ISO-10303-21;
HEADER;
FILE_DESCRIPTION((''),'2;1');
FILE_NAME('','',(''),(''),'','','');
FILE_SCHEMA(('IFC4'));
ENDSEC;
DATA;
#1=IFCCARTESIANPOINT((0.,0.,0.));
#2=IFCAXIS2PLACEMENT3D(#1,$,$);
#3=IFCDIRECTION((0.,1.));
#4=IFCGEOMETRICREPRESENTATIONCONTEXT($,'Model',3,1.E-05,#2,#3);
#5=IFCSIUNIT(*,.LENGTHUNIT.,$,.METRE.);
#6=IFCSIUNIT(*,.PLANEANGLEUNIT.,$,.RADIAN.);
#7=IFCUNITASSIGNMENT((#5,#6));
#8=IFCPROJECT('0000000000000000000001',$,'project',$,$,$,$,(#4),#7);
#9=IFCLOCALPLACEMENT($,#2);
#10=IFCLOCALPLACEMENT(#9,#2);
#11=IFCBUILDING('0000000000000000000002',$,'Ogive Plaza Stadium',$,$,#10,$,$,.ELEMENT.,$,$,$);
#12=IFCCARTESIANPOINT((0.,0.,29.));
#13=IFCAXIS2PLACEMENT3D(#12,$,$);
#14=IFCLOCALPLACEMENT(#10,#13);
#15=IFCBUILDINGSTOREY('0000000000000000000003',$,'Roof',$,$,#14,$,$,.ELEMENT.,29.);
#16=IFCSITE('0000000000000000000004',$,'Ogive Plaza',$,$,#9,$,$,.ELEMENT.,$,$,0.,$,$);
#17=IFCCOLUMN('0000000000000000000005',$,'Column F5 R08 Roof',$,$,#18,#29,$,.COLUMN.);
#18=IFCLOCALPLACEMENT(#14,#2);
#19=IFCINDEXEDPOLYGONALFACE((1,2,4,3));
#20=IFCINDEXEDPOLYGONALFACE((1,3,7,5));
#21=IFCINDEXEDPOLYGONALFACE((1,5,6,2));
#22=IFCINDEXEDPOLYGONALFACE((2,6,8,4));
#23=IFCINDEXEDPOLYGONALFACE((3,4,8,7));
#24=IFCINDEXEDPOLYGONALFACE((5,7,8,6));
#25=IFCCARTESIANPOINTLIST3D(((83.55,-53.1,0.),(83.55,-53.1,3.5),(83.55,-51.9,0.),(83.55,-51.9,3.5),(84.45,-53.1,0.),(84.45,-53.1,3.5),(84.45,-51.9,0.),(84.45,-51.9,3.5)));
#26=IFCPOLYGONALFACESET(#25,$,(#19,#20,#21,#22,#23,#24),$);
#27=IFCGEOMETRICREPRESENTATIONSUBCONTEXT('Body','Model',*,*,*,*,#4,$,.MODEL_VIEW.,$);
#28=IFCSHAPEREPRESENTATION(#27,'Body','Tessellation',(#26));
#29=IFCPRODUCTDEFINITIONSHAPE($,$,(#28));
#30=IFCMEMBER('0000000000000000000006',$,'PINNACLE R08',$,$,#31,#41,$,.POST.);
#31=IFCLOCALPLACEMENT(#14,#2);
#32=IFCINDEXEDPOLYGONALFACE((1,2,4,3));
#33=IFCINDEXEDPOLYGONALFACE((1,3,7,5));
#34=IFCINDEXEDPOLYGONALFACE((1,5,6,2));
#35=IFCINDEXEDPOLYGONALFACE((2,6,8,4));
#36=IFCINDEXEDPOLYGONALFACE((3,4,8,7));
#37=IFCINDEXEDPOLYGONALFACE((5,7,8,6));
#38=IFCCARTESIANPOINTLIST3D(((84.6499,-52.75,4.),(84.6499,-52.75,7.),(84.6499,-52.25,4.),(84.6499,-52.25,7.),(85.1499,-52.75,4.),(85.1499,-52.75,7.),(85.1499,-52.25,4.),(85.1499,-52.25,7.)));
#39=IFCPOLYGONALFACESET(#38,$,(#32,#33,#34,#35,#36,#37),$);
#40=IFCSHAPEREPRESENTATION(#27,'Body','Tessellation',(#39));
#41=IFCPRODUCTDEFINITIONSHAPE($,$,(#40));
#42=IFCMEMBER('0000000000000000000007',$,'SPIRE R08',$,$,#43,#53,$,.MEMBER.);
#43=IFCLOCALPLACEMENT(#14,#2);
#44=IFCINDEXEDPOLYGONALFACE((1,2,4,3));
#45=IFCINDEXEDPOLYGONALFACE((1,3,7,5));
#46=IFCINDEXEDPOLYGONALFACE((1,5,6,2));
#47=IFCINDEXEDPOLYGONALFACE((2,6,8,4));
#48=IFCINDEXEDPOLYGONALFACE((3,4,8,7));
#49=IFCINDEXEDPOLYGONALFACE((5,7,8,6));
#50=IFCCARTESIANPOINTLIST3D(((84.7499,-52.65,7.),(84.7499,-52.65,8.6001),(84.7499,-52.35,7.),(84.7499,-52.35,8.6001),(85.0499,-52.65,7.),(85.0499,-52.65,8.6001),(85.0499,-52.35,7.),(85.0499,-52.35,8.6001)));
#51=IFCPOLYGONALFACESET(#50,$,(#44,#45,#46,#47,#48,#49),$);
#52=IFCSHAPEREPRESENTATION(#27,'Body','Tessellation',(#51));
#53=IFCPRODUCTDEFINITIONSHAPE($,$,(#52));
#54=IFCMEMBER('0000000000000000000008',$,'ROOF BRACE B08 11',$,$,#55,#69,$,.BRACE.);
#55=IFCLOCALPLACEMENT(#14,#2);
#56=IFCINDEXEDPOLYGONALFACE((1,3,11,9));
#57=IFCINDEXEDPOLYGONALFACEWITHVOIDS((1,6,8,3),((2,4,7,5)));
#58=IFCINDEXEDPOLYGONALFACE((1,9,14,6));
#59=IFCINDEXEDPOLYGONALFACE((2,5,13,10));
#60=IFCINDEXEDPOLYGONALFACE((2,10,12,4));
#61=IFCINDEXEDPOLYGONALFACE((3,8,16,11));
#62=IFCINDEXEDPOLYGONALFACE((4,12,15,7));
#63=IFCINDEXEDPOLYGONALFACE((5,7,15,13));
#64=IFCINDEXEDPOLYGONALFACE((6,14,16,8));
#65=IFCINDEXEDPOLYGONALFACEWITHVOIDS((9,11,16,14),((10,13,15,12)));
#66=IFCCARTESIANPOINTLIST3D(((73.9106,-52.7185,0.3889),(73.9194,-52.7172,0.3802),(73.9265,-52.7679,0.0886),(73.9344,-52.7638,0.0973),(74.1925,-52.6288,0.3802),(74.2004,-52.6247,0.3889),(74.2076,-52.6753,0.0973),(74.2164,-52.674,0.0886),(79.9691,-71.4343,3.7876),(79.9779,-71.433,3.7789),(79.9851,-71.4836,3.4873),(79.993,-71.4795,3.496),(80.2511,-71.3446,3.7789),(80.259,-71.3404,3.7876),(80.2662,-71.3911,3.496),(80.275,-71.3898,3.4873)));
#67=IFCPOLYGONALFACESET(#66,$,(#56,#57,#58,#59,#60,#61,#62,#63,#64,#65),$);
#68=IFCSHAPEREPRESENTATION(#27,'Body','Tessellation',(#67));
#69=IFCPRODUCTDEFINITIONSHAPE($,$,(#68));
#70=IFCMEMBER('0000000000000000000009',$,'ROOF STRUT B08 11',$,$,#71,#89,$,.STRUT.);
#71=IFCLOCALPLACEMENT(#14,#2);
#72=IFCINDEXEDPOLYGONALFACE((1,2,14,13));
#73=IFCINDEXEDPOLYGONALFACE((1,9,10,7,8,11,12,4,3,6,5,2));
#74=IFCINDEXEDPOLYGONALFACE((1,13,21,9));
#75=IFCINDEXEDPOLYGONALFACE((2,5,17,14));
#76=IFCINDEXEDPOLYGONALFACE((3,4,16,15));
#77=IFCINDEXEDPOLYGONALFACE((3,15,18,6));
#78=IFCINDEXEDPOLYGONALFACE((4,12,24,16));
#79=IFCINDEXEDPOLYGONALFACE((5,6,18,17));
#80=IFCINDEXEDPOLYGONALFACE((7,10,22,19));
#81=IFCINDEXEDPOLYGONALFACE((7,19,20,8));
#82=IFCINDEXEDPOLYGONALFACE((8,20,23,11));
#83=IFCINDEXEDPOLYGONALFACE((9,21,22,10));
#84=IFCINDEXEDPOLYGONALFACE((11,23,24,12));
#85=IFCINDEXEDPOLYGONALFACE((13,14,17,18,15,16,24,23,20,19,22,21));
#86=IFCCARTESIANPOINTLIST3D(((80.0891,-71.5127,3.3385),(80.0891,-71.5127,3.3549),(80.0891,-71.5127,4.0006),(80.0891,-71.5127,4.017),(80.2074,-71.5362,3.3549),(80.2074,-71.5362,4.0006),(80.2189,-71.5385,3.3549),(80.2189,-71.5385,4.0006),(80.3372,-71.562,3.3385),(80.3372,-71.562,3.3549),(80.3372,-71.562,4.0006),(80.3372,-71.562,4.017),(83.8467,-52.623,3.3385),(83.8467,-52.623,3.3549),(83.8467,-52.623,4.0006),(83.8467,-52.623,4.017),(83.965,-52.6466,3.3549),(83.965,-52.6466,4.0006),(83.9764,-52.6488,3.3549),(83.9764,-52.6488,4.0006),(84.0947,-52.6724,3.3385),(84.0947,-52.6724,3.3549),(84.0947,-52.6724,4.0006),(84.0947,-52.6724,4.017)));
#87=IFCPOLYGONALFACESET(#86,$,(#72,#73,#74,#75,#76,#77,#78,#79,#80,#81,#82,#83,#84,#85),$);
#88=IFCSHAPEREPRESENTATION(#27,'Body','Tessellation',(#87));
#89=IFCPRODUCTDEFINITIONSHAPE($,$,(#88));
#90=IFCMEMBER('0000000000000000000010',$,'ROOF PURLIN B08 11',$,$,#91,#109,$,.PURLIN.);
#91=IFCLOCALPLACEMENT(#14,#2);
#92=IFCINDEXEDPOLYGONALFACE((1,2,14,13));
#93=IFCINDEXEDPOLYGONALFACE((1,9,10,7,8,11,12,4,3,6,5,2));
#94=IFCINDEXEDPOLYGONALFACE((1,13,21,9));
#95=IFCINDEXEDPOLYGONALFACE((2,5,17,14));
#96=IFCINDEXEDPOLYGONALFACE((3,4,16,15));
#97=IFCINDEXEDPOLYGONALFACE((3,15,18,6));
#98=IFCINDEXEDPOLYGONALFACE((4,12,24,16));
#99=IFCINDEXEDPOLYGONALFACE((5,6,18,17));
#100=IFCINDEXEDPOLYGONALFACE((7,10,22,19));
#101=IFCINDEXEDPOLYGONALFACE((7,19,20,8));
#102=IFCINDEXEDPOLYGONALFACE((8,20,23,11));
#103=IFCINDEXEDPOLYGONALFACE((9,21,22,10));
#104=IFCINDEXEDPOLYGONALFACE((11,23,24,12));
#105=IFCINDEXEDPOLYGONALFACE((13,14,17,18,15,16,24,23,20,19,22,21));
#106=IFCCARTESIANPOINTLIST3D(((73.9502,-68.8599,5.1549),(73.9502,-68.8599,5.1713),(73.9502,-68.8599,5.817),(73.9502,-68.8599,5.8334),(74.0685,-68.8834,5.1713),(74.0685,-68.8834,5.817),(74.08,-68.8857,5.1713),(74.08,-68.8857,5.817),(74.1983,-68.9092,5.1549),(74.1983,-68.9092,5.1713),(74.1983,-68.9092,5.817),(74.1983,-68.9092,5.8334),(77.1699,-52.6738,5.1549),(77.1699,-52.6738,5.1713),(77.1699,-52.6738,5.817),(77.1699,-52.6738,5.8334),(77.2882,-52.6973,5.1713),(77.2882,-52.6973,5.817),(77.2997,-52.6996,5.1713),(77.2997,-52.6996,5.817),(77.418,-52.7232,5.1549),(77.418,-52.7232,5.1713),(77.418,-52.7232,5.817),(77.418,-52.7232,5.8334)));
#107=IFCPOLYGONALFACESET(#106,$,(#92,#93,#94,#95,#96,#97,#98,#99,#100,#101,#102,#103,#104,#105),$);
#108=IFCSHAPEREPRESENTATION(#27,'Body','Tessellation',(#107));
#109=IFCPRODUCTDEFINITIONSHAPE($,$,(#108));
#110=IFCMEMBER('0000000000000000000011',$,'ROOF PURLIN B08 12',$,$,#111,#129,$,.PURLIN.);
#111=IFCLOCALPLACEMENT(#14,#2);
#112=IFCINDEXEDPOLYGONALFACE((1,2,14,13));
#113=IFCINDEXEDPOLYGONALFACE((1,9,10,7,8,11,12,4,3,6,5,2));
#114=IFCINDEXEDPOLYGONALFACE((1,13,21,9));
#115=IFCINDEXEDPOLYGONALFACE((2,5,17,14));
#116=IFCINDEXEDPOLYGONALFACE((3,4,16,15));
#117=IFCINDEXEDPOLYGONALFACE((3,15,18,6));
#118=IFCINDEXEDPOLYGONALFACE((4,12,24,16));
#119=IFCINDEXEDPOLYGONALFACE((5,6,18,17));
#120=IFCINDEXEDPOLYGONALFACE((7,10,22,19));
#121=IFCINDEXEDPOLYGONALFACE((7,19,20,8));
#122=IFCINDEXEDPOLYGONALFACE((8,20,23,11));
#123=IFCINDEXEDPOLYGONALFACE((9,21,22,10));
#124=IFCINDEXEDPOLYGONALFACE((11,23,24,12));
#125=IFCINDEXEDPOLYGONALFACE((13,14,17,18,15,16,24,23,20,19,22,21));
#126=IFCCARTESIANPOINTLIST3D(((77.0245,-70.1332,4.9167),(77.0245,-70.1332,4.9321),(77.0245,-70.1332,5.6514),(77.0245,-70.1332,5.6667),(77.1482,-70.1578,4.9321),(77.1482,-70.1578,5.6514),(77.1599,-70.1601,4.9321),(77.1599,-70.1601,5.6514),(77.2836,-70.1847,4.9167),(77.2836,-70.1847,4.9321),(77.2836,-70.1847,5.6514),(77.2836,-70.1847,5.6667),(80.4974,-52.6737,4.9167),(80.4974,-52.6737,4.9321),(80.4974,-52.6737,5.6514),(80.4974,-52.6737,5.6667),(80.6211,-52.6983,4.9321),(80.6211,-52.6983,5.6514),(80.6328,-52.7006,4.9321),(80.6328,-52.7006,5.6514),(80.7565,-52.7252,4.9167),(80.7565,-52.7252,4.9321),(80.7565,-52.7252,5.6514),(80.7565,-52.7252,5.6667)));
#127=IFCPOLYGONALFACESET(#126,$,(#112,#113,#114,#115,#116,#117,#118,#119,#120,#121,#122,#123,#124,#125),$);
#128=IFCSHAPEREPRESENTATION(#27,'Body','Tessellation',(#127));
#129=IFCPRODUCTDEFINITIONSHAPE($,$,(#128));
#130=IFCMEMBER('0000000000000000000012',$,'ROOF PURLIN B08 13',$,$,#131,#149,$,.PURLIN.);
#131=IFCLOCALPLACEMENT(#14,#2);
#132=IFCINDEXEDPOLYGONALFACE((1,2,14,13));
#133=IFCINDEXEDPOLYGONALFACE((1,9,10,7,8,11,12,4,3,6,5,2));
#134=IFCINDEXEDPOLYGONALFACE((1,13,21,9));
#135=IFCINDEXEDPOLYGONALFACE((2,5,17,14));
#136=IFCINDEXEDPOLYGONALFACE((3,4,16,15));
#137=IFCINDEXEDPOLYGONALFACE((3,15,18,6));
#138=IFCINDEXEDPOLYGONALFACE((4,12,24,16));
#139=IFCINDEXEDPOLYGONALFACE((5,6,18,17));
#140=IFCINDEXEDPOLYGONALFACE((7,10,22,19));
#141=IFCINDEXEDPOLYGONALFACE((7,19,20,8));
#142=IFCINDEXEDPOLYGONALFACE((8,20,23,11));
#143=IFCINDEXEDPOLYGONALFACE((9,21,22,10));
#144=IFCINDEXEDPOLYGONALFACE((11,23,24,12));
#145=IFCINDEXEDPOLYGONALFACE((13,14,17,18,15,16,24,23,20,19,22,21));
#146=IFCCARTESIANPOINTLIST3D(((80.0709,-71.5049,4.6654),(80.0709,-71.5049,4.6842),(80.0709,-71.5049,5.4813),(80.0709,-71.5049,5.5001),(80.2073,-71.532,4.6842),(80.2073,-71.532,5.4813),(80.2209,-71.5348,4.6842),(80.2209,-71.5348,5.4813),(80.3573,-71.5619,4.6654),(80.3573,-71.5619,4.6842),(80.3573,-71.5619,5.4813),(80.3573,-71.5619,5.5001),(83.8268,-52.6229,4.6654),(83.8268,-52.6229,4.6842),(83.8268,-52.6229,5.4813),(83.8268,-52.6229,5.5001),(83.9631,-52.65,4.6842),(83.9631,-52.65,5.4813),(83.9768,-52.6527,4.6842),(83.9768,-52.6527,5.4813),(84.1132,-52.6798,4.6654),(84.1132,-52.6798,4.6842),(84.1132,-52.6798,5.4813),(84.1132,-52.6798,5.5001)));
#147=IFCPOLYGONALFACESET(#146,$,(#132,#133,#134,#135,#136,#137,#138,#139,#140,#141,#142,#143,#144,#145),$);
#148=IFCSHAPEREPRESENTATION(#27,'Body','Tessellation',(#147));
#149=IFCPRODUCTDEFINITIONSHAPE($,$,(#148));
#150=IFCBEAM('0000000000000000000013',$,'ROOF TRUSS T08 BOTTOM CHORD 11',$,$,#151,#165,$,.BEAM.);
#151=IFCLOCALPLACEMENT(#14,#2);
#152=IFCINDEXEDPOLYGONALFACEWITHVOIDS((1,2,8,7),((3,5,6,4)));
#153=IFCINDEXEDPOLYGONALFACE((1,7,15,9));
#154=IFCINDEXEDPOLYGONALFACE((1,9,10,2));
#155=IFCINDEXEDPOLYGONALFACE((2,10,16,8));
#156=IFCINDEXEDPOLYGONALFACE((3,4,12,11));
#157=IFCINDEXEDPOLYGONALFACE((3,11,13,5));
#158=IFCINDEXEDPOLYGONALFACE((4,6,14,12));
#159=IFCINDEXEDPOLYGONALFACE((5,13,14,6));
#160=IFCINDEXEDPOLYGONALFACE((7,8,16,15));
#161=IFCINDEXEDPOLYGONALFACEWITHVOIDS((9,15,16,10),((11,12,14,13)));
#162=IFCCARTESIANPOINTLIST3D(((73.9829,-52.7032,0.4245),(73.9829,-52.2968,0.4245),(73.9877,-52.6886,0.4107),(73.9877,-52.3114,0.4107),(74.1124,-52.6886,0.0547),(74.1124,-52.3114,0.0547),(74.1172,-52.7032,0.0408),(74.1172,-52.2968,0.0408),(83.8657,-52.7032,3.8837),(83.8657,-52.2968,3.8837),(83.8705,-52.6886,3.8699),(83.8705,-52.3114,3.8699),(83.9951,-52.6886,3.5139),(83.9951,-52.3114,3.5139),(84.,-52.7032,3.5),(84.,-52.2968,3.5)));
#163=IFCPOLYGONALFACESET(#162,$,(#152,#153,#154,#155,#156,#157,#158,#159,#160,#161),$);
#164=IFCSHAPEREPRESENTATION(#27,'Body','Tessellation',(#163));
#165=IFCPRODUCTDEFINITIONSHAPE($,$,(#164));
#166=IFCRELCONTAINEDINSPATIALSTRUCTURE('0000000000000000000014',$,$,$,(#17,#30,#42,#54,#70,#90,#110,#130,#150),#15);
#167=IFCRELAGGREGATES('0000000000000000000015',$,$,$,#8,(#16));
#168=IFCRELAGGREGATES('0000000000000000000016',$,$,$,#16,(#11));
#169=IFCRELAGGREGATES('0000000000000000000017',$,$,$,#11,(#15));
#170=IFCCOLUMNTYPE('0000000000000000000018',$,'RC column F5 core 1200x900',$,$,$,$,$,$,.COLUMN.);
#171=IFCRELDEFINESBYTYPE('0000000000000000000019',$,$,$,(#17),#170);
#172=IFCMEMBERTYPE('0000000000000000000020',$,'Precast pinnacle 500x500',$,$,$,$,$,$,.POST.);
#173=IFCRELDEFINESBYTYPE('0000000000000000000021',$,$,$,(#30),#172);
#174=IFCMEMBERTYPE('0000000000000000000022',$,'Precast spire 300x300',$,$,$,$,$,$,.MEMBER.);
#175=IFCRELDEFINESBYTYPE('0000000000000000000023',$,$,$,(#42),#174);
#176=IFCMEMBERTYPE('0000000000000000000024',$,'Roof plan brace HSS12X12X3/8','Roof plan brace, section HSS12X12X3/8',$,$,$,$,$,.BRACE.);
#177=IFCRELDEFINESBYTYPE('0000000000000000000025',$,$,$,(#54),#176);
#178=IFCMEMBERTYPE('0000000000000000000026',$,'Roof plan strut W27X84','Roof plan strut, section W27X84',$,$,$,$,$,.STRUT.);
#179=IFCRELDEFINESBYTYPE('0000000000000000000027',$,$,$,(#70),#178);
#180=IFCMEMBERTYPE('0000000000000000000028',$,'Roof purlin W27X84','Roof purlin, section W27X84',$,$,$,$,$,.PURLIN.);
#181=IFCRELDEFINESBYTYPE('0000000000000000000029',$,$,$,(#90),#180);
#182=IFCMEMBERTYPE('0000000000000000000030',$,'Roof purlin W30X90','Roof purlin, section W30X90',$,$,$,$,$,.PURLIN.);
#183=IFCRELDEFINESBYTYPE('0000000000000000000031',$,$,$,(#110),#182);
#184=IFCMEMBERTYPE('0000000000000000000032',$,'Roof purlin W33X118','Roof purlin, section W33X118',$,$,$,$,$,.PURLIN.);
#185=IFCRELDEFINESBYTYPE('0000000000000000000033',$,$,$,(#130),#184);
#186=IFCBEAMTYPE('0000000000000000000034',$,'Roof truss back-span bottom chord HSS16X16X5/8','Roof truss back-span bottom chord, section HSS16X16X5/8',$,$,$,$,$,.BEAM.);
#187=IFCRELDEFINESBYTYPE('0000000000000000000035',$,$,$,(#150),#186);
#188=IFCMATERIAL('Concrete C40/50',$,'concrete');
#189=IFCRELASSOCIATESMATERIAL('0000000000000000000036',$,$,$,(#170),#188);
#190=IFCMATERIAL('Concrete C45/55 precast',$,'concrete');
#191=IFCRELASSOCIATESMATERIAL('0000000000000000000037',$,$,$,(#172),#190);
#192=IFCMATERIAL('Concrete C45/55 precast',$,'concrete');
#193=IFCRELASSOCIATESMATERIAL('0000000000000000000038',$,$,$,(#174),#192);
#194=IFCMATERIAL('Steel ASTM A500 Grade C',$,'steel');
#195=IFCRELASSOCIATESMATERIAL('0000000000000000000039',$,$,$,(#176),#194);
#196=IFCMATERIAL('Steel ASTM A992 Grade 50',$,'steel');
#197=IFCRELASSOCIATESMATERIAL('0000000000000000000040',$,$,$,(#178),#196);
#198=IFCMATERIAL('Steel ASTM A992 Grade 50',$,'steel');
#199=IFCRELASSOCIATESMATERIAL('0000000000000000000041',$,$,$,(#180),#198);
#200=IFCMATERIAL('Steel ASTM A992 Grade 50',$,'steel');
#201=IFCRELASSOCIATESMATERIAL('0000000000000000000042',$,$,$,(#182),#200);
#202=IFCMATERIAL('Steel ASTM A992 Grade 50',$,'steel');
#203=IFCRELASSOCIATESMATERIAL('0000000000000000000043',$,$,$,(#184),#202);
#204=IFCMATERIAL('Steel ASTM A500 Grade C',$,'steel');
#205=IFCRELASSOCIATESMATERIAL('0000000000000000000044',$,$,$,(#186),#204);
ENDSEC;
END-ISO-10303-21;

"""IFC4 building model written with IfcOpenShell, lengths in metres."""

from ifc_helpers import new_model, si_unit, direction, frame, origin, origin_2d, place, context, subcontext, project, spatial, rectangle, hollow_rectangle, i_section, extrude, material, material_profile, profile_set, type_object, element, save


model = new_model("IFC4")

# Units and contexts
model_context = context("Model", 3, precision=1e-05, world=origin(), true_north=direction((0.0, 1.0)))
body_context = subcontext(model_context, "Body", "Model", "MODEL_VIEW")
ifc_project = project(units=[si_unit("LENGTHUNIT", "METRE"), si_unit("PLANEANGLEUNIT", "RADIAN")], contexts=[model_context])

# Site, building, storey
site_placement = place(None, origin())
site = spatial("IfcSite", under=ifc_project, at=site_placement, Name="Ogive Plaza", CompositionType="ELEMENT", RefElevation=0.0)
building_placement = place(site_placement, origin())
building = spatial("IfcBuilding", under=site, at=building_placement, Name="Ogive Plaza Stadium", CompositionType="ELEMENT")
storey_placement = place(building_placement, frame((0.0, 0.0, 29.0)))
storey = spatial("IfcBuildingStorey", under=building, at=storey_placement, Name="Roof", CompositionType="ELEMENT", Elevation=29.0)

# Column
ifc_material_1 = material(Name="Concrete C40/50", Category="concrete")
ifc_material_profile_1 = material_profile(ifc_material_1, rectangle(XDim=1.2, YDim=0.8999, at=origin_2d()), Name="RC 1200x900")
ifc_profile_set_1 = profile_set([ifc_material_profile_1], Name="Concrete C40/50")
column_type = type_object("IfcColumnType", Name="RC column F5 core 1200x900", PredefinedType="COLUMN", material=ifc_profile_set_1)
column_placement = place(storey_placement, frame((84.0, -52.5, 0.0), z_axis=(0.0, 0.0, 1.0), x_axis=(0.0, 1.0, 0.0)))
element("IfcColumn", 1, at=column_placement, inside=storey, type_object=column_type, Name="Column F5 R08 Roof", PredefinedType="COLUMN", context=body_context, shape_type="SweptSolid", body=[
    extrude(rectangle(XDim=1.2, YDim=0.8999, at=origin_2d()), origin(), (0.0, 0.0, 1.0), 3.5),
])

# Members
ifc_material_2 = material(Name="Concrete C45/55 precast", Category="concrete")
ifc_material_profile_2 = material_profile(ifc_material_2, rectangle(XDim=0.5, YDim=0.5, at=origin_2d()), Name="RC 500x500")
ifc_profile_set_2 = profile_set([ifc_material_profile_2], Name="Concrete C45/55 precast")
member_type_1 = type_object("IfcMemberType", Name="Precast pinnacle 500x500", PredefinedType="POST", material=ifc_profile_set_2)
member_1_placement = place(storey_placement, frame((84.8999, -52.5, 4.0), z_axis=(0.0, 0.0, 1.0), x_axis=(0.0, 1.0, 0.0)))
element("IfcMember", 2, at=member_1_placement, inside=storey, type_object=member_type_1, Name="PINNACLE R08", PredefinedType="POST", context=body_context, shape_type="SweptSolid", body=[
    extrude(rectangle(XDim=0.5, YDim=0.5, at=origin_2d()), origin(), (0.0, 0.0, 1.0), 3.0),
])
ifc_material_3 = material(Name="Concrete C45/55 precast", Category="concrete")
ifc_material_profile_3 = material_profile(ifc_material_3, rectangle(XDim=0.3, YDim=0.3, at=origin_2d()), Name="RC 300x300")
ifc_profile_set_3 = profile_set([ifc_material_profile_3], Name="Concrete C45/55 precast")
member_type_2 = type_object("IfcMemberType", Name="Precast spire 300x300", PredefinedType="MEMBER", material=ifc_profile_set_3)
member_2_placement = place(storey_placement, frame((84.8999, -52.5, 7.0), z_axis=(0.0, 0.0, 1.0), x_axis=(0.0, 1.0, 0.0)))
element("IfcMember", 3, at=member_2_placement, inside=storey, type_object=member_type_2, Name="SPIRE R08", PredefinedType="MEMBER", context=body_context, shape_type="SweptSolid", body=[
    extrude(rectangle(XDim=0.3, YDim=0.3, at=origin_2d()), origin(), (0.0, 0.0, 1.0), 1.6001),
])
ifc_material_4 = material(Name="Steel ASTM A500 Grade C", Category="steel")
ifc_material_profile_4 = material_profile(ifc_material_4, hollow_rectangle(XDim=0.3047, YDim=0.3047, WallThickness=0.0088, at=origin_2d()), Name="HSS12X12X3/8")
ifc_profile_set_4 = profile_set([ifc_material_profile_4], Name="Steel ASTM A500 Grade C")
member_type_3 = type_object("IfcMemberType", Name="Roof plan brace HSS12X12X3/8", Description="Roof plan brace, section HSS12X12X3/8", PredefinedType="BRACE", material=ifc_profile_set_4)
member_3_placement = place(storey_placement, frame((74.0635, -52.6963, 0.2388), z_axis=(0.303484, -0.937504, 0.170245), x_axis=(0.951393, 0.30798, 0.0)))
element("IfcMember", 4, at=member_3_placement, inside=storey, type_object=member_type_3, Name="ROOF BRACE B08 11", PredefinedType="BRACE", context=body_context, shape_type="SweptSolid", body=[
    extrude(hollow_rectangle(XDim=0.3047, YDim=0.3047, WallThickness=0.0088, at=origin_2d()), origin(), (0.0, 0.0, 1.0), 19.9634),
])
ifc_material_5 = material(Name="Steel ASTM A992 Grade 50", Category="steel")
ifc_material_profile_5 = material_profile(ifc_material_5, i_section(OverallWidth=0.2529, OverallDepth=0.6785, WebThickness=0.0117, FlangeThickness=0.0164, at=origin_2d()), Name="W27X84")
ifc_profile_set_5 = profile_set([ifc_material_profile_5], Name="Steel ASTM A992 Grade 50")
member_type_4 = type_object("IfcMemberType", Name="Roof plan strut W27X84", Description="Roof plan strut, section W27X84", PredefinedType="STRUT", material=ifc_profile_set_5)
member_4_placement = place(storey_placement, frame((83.9707, -52.6477, 3.6777), z_axis=(-0.195099, -0.980783, 0.0), x_axis=(0.980783, -0.195099, 0.0)))
element("IfcMember", 5, at=member_4_placement, inside=storey, type_object=member_type_4, Name="ROOF STRUT B08 11", PredefinedType="STRUT", context=body_context, shape_type="SweptSolid", body=[
    extrude(i_section(OverallWidth=0.2529, OverallDepth=0.6785, WebThickness=0.0117, FlangeThickness=0.0164, at=origin_2d()), origin(), (0.0, 0.0, 1.0), 19.2598),
])
ifc_material_6 = material(Name="Steel ASTM A992 Grade 50", Category="steel")
ifc_material_profile_6 = material_profile(ifc_material_6, i_section(OverallWidth=0.2529, OverallDepth=0.6785, WebThickness=0.0117, FlangeThickness=0.0164, at=origin_2d()), Name="W27X84")
ifc_profile_set_6 = profile_set([ifc_material_profile_6], Name="Steel ASTM A992 Grade 50")
member_type_5 = type_object("IfcMemberType", Name="Roof purlin W27X84", Description="Roof purlin, section W27X84", PredefinedType="PURLIN", material=ifc_profile_set_6)
member_5_placement = place(storey_placement, frame((77.2939, -52.6985, 5.4941), z_axis=(-0.195098, -0.980784, 0.0), x_axis=(0.980784, -0.195098, 0.0)))
element("IfcMember", 6, at=member_5_placement, inside=storey, type_object=member_type_5, Name="ROOF PURLIN B08 11", PredefinedType="PURLIN", context=body_context, shape_type="SweptSolid", body=[
    extrude(i_section(OverallWidth=0.2529, OverallDepth=0.6785, WebThickness=0.0117, FlangeThickness=0.0164, at=origin_2d()), origin(), (0.0, 0.0, 1.0), 16.5032),
])
ifc_material_7 = material(Name="Steel ASTM A992 Grade 50", Category="steel")
ifc_material_profile_7 = material_profile(ifc_material_7, i_section(OverallWidth=0.2642, OverallDepth=0.75, WebThickness=0.012, FlangeThickness=0.0154, at=origin_2d()), Name="W30X90")
ifc_profile_set_7 = profile_set([ifc_material_profile_7], Name="Steel ASTM A992 Grade 50")
member_type_6 = type_object("IfcMemberType", Name="Roof purlin W30X90", Description="Roof purlin, section W30X90", PredefinedType="PURLIN", material=ifc_profile_set_7)
member_6_placement = place(storey_placement, frame((80.627, -52.6995, 5.2917), z_axis=(-0.19509, -0.980785, 0.0), x_axis=(0.980785, -0.19509, 0.0)))
element("IfcMember", 7, at=member_6_placement, inside=storey, type_object=member_type_6, Name="ROOF PURLIN B08 12", PredefinedType="PURLIN", context=body_context, shape_type="SweptSolid", body=[
    extrude(i_section(OverallWidth=0.2642, OverallDepth=0.75, WebThickness=0.012, FlangeThickness=0.0154, at=origin_2d()), origin(), (0.0, 0.0, 1.0), 17.8015),
])
ifc_material_8 = material(Name="Steel ASTM A992 Grade 50", Category="steel")
ifc_material_profile_8 = material_profile(ifc_material_8, i_section(OverallWidth=0.292, OverallDepth=0.8347, WebThickness=0.0139, FlangeThickness=0.0188, at=origin_2d()), Name="W33X118")
ifc_profile_set_8 = profile_set([ifc_material_profile_8], Name="Steel ASTM A992 Grade 50")
member_type_7 = type_object("IfcMemberType", Name="Roof purlin W33X118", Description="Roof purlin, section W33X118", PredefinedType="PURLIN", material=ifc_profile_set_8)
member_7_placement = place(storey_placement, frame((83.97, -52.6514, 5.0828), z_axis=(-0.195089, -0.980785, 0.0), x_axis=(0.980785, -0.195089, 0.0)))
element("IfcMember", 8, at=member_7_placement, inside=storey, type_object=member_type_7, Name="ROOF PURLIN B08 13", PredefinedType="PURLIN", context=body_context, shape_type="SweptSolid", body=[
    extrude(i_section(OverallWidth=0.292, OverallDepth=0.8347, WebThickness=0.0139, FlangeThickness=0.0188, at=origin_2d()), origin(), (0.0, 0.0, 1.0), 19.252),
])

# Beam
ifc_material_9 = material(Name="Steel ASTM A500 Grade C", Category="steel")
ifc_material_profile_9 = material_profile(ifc_material_9, hollow_rectangle(XDim=0.4065, YDim=0.4065, WallThickness=0.0146, at=origin_2d()), Name="HSS16X16X5/8")
ifc_profile_set_9 = profile_set([ifc_material_profile_9], Name="Steel ASTM A500 Grade C")
beam_type_1 = type_object("IfcBeamType", Name="Roof truss back-span bottom chord HSS16X16X5/8", Description="Roof truss back-span bottom chord, section HSS16X16X5/8", PredefinedType="BEAM", material=ifc_profile_set_9)
beam_1_placement = place(storey_placement, frame((74.05, -52.5, 0.2327), z_axis=(0.943851, 0.0, 0.330371), x_axis=(0.0, 1.0, 0.0)))
element("IfcBeam", 9, at=beam_1_placement, inside=storey, type_object=beam_type_1, Name="ROOF TRUSS T08 BOTTOM CHORD 11", PredefinedType="BEAM", context=body_context, shape_type="SweptSolid", body=[
    extrude(hollow_rectangle(XDim=0.4065, YDim=0.4065, WallThickness=0.0146, at=origin_2d()), origin(), (0.0, 0.0, 1.0), 10.4707),
])

save(model, "model.ifc")
